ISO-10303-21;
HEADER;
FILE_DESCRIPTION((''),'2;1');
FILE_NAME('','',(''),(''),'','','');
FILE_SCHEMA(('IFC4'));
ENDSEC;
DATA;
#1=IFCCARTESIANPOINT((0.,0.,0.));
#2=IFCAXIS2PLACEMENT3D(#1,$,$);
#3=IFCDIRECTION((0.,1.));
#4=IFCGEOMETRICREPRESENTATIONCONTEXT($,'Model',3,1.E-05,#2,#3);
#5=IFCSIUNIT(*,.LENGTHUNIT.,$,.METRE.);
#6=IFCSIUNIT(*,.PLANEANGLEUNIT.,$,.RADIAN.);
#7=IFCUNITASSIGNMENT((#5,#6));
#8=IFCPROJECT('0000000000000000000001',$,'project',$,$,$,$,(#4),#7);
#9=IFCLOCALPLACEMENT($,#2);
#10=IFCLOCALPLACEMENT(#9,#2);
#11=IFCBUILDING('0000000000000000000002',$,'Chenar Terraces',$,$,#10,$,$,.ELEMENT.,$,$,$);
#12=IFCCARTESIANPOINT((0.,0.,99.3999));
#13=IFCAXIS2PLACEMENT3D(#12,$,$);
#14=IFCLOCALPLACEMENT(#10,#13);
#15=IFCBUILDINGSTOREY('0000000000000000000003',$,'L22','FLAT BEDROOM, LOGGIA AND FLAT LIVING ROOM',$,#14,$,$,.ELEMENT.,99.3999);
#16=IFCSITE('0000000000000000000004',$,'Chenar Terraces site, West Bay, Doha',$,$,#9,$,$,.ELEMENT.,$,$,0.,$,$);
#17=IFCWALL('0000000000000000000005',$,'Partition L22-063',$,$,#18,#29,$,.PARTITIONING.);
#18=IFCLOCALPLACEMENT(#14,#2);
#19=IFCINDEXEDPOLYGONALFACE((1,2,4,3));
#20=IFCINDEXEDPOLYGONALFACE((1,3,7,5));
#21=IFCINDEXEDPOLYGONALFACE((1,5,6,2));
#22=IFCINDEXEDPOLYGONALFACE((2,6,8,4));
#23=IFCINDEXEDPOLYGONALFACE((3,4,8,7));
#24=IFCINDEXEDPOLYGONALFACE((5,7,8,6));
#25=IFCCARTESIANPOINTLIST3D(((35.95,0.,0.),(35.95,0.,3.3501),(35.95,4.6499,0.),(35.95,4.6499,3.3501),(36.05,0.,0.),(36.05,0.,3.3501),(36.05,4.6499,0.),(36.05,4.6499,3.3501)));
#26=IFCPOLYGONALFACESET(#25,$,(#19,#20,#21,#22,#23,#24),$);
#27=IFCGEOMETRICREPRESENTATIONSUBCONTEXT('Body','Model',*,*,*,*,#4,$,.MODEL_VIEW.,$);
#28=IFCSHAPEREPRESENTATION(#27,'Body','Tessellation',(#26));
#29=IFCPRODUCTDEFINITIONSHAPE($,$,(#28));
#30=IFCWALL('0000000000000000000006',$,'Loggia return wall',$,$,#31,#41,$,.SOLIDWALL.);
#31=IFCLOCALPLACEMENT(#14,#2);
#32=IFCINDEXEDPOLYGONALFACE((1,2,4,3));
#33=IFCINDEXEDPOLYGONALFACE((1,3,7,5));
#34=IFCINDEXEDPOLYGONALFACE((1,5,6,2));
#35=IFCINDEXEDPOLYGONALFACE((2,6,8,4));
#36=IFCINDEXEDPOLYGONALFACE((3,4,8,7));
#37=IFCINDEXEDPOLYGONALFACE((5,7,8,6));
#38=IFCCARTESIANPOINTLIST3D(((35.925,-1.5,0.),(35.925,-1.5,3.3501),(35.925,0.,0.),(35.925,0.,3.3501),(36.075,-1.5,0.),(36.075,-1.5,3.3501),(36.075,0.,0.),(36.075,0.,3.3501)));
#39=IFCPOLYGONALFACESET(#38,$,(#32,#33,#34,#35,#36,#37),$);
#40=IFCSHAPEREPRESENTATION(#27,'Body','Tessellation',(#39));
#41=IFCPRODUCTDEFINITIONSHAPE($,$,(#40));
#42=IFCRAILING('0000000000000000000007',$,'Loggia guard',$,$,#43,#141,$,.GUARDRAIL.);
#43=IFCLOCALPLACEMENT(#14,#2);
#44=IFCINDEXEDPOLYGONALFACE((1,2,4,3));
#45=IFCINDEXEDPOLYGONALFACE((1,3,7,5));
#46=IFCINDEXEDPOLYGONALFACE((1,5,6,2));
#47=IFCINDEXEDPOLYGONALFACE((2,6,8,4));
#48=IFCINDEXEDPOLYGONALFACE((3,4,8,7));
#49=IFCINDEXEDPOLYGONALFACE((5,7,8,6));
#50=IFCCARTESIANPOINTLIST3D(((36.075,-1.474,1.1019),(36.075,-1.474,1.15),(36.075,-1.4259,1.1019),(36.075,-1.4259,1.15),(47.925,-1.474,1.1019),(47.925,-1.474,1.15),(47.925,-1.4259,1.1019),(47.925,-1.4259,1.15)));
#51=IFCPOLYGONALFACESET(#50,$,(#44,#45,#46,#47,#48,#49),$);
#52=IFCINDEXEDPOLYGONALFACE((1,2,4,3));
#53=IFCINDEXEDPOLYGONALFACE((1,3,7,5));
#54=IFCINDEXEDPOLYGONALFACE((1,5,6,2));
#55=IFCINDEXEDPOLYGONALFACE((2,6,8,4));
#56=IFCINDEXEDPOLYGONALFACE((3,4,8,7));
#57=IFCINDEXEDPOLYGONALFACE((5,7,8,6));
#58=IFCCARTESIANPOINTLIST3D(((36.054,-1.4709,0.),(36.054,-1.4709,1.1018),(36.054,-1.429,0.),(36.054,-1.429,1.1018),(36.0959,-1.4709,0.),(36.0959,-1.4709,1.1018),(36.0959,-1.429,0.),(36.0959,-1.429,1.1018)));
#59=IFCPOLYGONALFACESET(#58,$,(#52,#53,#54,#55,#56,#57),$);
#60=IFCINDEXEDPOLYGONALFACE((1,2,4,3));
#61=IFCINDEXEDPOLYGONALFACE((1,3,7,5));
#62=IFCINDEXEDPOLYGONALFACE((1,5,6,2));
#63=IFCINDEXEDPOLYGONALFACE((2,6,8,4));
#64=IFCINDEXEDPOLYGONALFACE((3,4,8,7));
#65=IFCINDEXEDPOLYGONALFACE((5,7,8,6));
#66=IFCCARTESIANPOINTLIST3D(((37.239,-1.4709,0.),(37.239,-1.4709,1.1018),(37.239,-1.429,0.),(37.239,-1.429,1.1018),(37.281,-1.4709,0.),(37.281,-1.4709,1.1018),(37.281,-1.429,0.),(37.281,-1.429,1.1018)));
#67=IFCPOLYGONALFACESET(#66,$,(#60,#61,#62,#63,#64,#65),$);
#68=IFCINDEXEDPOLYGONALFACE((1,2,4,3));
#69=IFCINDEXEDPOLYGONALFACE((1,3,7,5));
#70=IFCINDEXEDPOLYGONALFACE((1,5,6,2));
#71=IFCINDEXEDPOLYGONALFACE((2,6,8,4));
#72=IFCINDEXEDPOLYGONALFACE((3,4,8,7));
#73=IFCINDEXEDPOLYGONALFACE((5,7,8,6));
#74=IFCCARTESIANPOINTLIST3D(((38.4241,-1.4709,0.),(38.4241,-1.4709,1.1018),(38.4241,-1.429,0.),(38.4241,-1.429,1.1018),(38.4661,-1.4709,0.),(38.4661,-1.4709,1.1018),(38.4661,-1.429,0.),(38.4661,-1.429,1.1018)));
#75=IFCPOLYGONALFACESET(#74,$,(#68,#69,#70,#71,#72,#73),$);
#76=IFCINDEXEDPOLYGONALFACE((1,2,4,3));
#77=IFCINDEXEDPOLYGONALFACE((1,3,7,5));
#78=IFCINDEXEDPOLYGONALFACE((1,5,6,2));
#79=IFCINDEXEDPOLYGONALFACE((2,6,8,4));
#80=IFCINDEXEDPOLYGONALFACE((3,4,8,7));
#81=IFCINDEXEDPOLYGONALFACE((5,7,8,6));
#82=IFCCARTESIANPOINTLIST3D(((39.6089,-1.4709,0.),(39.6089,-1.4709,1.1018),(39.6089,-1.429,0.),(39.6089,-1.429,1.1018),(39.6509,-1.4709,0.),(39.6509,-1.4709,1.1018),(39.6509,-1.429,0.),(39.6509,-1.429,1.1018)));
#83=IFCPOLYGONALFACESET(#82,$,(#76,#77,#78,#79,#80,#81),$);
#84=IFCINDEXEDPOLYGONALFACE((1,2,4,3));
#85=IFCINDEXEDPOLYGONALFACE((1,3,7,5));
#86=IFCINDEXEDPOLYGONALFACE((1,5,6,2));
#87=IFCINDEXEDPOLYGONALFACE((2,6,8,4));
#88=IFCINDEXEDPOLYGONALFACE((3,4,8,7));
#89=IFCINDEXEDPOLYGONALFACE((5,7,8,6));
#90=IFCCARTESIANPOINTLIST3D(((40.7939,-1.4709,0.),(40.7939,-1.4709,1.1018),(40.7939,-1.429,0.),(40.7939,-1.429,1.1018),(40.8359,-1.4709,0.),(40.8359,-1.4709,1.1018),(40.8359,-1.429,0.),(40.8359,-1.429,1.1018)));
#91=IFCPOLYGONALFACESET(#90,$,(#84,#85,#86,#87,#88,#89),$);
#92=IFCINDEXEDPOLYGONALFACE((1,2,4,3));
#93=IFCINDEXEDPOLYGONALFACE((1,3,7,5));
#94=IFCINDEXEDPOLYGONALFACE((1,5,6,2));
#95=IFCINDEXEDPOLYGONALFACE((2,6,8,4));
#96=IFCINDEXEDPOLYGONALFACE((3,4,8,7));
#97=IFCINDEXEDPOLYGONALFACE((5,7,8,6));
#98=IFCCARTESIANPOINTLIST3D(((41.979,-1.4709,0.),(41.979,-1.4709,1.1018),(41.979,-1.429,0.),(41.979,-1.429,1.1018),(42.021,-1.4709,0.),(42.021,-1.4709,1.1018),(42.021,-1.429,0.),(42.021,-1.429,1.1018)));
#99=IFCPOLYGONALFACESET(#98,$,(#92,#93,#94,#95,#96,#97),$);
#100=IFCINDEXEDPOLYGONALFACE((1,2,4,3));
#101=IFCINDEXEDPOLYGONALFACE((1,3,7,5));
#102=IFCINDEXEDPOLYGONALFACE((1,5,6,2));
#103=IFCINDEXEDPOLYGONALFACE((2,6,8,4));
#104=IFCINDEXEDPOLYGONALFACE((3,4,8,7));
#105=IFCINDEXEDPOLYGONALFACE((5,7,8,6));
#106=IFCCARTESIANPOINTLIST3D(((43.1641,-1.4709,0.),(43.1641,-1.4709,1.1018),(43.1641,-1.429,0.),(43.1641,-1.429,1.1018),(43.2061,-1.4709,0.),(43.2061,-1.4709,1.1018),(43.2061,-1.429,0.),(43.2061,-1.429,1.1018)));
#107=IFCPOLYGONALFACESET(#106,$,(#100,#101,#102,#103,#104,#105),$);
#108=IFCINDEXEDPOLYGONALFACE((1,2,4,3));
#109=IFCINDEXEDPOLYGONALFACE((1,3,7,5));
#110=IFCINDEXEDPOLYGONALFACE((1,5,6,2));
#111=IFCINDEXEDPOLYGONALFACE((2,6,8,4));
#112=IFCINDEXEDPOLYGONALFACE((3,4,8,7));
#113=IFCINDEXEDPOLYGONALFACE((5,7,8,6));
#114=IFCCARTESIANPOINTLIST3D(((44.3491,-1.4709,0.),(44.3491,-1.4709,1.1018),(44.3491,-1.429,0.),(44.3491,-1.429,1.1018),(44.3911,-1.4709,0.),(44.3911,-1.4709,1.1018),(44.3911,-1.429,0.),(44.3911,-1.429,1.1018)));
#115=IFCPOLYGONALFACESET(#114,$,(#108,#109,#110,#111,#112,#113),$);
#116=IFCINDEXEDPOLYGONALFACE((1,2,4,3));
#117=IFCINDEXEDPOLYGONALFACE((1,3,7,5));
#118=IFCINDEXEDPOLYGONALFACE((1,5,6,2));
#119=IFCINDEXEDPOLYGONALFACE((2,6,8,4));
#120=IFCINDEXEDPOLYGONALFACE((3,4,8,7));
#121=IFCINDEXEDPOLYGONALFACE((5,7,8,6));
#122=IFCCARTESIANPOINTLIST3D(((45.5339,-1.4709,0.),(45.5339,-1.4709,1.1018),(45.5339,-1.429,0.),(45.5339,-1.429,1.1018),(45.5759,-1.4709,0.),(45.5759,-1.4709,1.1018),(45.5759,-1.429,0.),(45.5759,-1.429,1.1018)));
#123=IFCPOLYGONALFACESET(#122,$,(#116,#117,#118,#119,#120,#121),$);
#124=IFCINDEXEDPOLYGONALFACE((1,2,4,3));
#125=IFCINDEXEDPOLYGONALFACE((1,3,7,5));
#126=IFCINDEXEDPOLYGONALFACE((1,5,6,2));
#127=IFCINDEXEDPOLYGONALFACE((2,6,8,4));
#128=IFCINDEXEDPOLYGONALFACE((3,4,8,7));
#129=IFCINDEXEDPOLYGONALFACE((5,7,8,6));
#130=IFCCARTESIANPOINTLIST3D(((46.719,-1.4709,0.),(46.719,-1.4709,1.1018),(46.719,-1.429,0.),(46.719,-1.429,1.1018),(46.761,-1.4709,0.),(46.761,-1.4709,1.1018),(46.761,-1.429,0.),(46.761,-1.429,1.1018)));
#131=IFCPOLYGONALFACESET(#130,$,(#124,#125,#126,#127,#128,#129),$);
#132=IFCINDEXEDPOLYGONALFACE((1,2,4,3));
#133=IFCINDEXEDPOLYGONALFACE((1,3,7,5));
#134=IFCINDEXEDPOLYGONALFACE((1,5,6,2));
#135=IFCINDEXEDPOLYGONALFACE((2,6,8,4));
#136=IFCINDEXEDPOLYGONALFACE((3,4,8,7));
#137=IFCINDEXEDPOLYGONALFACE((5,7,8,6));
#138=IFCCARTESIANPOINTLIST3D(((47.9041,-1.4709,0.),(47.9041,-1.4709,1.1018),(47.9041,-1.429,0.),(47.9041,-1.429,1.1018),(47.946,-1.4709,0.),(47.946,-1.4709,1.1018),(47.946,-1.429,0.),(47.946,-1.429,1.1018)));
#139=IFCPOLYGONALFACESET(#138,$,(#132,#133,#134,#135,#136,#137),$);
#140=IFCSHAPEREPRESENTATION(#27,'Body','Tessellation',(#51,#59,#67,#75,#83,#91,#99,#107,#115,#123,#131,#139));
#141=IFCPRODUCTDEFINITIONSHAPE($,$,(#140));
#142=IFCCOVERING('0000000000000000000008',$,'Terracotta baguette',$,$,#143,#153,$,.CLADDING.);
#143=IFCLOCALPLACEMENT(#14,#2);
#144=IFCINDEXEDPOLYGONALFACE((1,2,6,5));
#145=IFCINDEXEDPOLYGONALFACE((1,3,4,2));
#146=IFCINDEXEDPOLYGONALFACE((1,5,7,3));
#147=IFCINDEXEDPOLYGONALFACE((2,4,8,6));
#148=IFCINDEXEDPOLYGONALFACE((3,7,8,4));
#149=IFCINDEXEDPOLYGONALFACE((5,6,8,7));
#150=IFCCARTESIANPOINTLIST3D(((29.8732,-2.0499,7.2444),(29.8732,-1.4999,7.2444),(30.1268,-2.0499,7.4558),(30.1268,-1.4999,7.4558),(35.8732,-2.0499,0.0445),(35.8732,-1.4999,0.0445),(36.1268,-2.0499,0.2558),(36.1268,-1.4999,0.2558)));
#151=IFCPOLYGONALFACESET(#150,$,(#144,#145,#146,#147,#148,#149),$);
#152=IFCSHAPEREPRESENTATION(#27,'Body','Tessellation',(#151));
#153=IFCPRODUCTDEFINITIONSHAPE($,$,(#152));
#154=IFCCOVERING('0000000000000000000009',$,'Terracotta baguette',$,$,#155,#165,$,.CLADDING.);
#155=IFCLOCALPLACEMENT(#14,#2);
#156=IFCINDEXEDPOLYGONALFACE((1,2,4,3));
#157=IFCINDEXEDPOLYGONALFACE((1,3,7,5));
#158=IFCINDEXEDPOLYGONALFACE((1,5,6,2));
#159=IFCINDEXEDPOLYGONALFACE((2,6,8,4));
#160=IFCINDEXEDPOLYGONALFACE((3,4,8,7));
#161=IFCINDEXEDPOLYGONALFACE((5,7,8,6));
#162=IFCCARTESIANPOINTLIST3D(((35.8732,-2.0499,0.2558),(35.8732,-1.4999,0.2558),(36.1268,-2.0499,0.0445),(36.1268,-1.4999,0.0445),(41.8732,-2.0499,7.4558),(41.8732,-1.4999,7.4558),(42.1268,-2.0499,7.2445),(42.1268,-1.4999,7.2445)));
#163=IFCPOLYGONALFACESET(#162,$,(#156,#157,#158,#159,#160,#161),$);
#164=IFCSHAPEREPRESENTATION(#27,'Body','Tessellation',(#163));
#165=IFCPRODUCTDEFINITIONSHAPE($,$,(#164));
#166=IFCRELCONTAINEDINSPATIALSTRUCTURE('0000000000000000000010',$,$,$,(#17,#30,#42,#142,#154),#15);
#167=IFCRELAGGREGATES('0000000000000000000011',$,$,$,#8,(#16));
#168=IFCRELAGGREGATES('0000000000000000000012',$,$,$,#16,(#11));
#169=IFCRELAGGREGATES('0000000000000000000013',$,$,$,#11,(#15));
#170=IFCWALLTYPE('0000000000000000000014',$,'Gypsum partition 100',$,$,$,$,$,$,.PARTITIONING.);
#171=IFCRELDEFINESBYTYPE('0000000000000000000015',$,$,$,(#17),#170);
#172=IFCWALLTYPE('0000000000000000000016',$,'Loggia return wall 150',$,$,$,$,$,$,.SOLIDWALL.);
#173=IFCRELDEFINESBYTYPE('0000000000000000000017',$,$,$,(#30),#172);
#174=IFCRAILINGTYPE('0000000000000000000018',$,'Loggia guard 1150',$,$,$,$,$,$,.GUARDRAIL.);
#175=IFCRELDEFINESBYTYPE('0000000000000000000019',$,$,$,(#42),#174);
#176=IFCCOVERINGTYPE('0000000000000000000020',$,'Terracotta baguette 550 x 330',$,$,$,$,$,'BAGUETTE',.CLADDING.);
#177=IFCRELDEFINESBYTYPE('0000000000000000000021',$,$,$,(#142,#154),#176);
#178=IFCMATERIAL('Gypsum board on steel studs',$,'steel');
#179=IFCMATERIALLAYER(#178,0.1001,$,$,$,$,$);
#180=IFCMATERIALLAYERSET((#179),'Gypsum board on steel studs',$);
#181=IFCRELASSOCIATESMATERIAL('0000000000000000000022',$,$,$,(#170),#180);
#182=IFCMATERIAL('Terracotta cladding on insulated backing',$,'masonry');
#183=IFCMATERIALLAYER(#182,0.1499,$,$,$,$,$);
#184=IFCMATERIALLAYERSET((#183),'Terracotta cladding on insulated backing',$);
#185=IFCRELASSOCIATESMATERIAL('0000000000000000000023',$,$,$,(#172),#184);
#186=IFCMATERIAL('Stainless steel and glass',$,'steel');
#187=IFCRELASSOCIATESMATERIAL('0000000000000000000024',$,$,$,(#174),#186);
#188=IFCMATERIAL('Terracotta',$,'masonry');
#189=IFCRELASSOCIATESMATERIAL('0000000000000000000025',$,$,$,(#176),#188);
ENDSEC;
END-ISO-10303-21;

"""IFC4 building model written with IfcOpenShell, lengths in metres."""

from ifc_helpers import new_model, si_unit, direction, frame, frame_2d, origin, origin_2d, place, context, subcontext, project, spatial, rectangle, extrude, material, layer, layer_set, material_profile, profile_set, type_object, element, save


model = new_model("IFC4")

# Units and contexts
model_context = context("Model", 3, precision=1e-05, world=origin(), true_north=direction((0.0, 1.0)))
body_context = subcontext(model_context, "Body", "Model", "MODEL_VIEW")
ifc_project = project(units=[si_unit("LENGTHUNIT", "METRE"), si_unit("PLANEANGLEUNIT", "RADIAN")], contexts=[model_context])

# Site, building, storey
site_placement = place(None, origin())
site = spatial("IfcSite", under=ifc_project, at=site_placement, Name="Chenar Terraces site, West Bay, Doha", CompositionType="ELEMENT", RefElevation=0.0)
building_placement = place(site_placement, origin())
building = spatial("IfcBuilding", under=site, at=building_placement, Name="Chenar Terraces", CompositionType="ELEMENT")
storey_placement = place(building_placement, frame((0.0, 0.0, 99.3999)))
storey = spatial("IfcBuildingStorey", under=building, at=storey_placement, Name="L22", Description="FLAT BEDROOM, LOGGIA AND FLAT LIVING ROOM", CompositionType="ELEMENT", Elevation=99.3999)

# Shared definitions
ifc_material_1 = material(Name="Gypsum board on steel studs", Category="steel")
ifc_layer_1 = layer(ifc_material_1, 0.1001)
ifc_layer_set_1 = layer_set([ifc_layer_1], Name="Gypsum board on steel studs")
wall_type_1 = type_object("IfcWallType", Name="Gypsum partition 100", PredefinedType="PARTITIONING", material=ifc_layer_set_1)

# Walls
wall_1_placement = place(storey_placement, frame((36.0, 0.0, 0.0), z_axis=(0.0, 0.0, 1.0), x_axis=(0.0, 1.0, 0.0)))
element("IfcWall", 1, at=wall_1_placement, inside=storey, type_object=wall_type_1, Name="Partition L22-063", PredefinedType="PARTITIONING", context=body_context, shape_type="SweptSolid", body=[
    extrude(rectangle(XDim=4.6499, YDim=0.1001, at=frame_2d((2.325, 0.0))), origin(), (0.0, 0.0, 1.0), 3.3501),
])
ifc_material_2 = material(Name="Terracotta cladding on insulated backing", Category="masonry")
ifc_layer_2 = layer(ifc_material_2, 0.1499)
ifc_layer_set_2 = layer_set([ifc_layer_2], Name="Terracotta cladding on insulated backing")
wall_type_2 = type_object("IfcWallType", Name="Loggia return wall 150", PredefinedType="SOLIDWALL", material=ifc_layer_set_2)
wall_2_placement = place(storey_placement, frame((36.0, -1.5, 0.0), z_axis=(0.0, 0.0, 1.0), x_axis=(0.0, 1.0, 0.0)))
element("IfcWall", 2, at=wall_2_placement, inside=storey, type_object=wall_type_2, Name="Loggia return wall", PredefinedType="SOLIDWALL", context=body_context, shape_type="SweptSolid", body=[
    extrude(rectangle(XDim=1.5, YDim=0.1499, at=frame_2d((0.75, 0.0))), origin(), (0.0, 0.0, 1.0), 3.3501),
])

# Railing
ifc_material_3 = material(Name="Stainless steel and glass", Category="steel")
railing_type = type_object("IfcRailingType", Name="Loggia guard 1150", PredefinedType="GUARDRAIL", material=ifc_material_3)
railing_placement = place(storey_placement, frame((36.075, -1.45, 0.0)))
element("IfcRailing", 3, at=railing_placement, inside=storey, type_object=railing_type, Name="Loggia guard", PredefinedType="GUARDRAIL", context=body_context, shape_type="SweptSolid", body=[
    extrude(rectangle(XDim=0.0481, YDim=0.0481, at=origin_2d()), frame((0.0, 0.0, 1.126), z_axis=(1.0, 0.0, 0.0), x_axis=(0.0, 1.0, 0.0)), (0.0, 0.0, 1.0), 11.8501),
    extrude(rectangle(XDim=0.042, YDim=0.042, at=origin_2d()), origin(), (0.0, 0.0, 1.0), 1.1018),
    extrude(rectangle(XDim=0.042, YDim=0.042, at=origin_2d()), frame((1.1851, 0.0, 0.0)), (0.0, 0.0, 1.0), 1.1018),
    extrude(rectangle(XDim=0.042, YDim=0.042, at=origin_2d()), frame((2.3701, 0.0, 0.0)), (0.0, 0.0, 1.0), 1.1018),
    extrude(rectangle(XDim=0.042, YDim=0.042, at=origin_2d()), frame((3.5549, 0.0, 0.0)), (0.0, 0.0, 1.0), 1.1018),
    extrude(rectangle(XDim=0.042, YDim=0.042, at=origin_2d()), frame((4.74, 0.0, 0.0)), (0.0, 0.0, 1.0), 1.1018),
    extrude(rectangle(XDim=0.042, YDim=0.042, at=origin_2d()), frame((5.925, 0.0, 0.0)), (0.0, 0.0, 1.0), 1.1018),
    extrude(rectangle(XDim=0.042, YDim=0.042, at=origin_2d()), frame((7.1101, 0.0, 0.0)), (0.0, 0.0, 1.0), 1.1018),
    extrude(rectangle(XDim=0.042, YDim=0.042, at=origin_2d()), frame((8.2952, 0.0, 0.0)), (0.0, 0.0, 1.0), 1.1018),
    extrude(rectangle(XDim=0.042, YDim=0.042, at=origin_2d()), frame((9.48, 0.0, 0.0)), (0.0, 0.0, 1.0), 1.1018),
    extrude(rectangle(XDim=0.042, YDim=0.042, at=origin_2d()), frame((10.665, 0.0, 0.0)), (0.0, 0.0, 1.0), 1.1018),
    extrude(rectangle(XDim=0.042, YDim=0.042, at=origin_2d()), frame((11.8501, 0.0, 0.0)), (0.0, 0.0, 1.0), 1.1018),
])

# Coverings
ifc_material_4 = material(Name="Terracotta", Category="masonry")
ifc_material_profile_1 = material_profile(ifc_material_4, rectangle(XDim=0.55, YDim=0.3301, at=origin_2d()), Name="Terracotta baguette 550 x 330")
ifc_profile_set_1 = profile_set([ifc_material_profile_1], Name="Terracotta")
covering_type = type_object("IfcCoveringType", Name="Terracotta baguette 550 x 330", ElementType="BAGUETTE", PredefinedType="CLADDING", material=ifc_profile_set_1)
for number, where, z_axis, x_axis, name in (
    (4, (30.0, -1.7749, 7.3501), (0.640187, 0.0, -0.768219), (0.0, 1.0, 0.0), "Terracotta baguette"),
    (5, (36.0, -1.7749, 0.1501), (0.640187, 0.0, 0.768219), (0.0, 1.0, 0.0), "Terracotta baguette"),
):
    element("IfcCovering", number, at=place(storey_placement, frame(where, z_axis=z_axis, x_axis=x_axis)), inside=storey, type_object=covering_type, Name=name, PredefinedType="CLADDING", context=body_context, shape_type="SweptSolid", body=[
        extrude(rectangle(XDim=0.55, YDim=0.3301, at=origin_2d()), origin(), (0.0, 0.0, 1.0), 9.3723),
    ])

save(model, "model.ifc")
